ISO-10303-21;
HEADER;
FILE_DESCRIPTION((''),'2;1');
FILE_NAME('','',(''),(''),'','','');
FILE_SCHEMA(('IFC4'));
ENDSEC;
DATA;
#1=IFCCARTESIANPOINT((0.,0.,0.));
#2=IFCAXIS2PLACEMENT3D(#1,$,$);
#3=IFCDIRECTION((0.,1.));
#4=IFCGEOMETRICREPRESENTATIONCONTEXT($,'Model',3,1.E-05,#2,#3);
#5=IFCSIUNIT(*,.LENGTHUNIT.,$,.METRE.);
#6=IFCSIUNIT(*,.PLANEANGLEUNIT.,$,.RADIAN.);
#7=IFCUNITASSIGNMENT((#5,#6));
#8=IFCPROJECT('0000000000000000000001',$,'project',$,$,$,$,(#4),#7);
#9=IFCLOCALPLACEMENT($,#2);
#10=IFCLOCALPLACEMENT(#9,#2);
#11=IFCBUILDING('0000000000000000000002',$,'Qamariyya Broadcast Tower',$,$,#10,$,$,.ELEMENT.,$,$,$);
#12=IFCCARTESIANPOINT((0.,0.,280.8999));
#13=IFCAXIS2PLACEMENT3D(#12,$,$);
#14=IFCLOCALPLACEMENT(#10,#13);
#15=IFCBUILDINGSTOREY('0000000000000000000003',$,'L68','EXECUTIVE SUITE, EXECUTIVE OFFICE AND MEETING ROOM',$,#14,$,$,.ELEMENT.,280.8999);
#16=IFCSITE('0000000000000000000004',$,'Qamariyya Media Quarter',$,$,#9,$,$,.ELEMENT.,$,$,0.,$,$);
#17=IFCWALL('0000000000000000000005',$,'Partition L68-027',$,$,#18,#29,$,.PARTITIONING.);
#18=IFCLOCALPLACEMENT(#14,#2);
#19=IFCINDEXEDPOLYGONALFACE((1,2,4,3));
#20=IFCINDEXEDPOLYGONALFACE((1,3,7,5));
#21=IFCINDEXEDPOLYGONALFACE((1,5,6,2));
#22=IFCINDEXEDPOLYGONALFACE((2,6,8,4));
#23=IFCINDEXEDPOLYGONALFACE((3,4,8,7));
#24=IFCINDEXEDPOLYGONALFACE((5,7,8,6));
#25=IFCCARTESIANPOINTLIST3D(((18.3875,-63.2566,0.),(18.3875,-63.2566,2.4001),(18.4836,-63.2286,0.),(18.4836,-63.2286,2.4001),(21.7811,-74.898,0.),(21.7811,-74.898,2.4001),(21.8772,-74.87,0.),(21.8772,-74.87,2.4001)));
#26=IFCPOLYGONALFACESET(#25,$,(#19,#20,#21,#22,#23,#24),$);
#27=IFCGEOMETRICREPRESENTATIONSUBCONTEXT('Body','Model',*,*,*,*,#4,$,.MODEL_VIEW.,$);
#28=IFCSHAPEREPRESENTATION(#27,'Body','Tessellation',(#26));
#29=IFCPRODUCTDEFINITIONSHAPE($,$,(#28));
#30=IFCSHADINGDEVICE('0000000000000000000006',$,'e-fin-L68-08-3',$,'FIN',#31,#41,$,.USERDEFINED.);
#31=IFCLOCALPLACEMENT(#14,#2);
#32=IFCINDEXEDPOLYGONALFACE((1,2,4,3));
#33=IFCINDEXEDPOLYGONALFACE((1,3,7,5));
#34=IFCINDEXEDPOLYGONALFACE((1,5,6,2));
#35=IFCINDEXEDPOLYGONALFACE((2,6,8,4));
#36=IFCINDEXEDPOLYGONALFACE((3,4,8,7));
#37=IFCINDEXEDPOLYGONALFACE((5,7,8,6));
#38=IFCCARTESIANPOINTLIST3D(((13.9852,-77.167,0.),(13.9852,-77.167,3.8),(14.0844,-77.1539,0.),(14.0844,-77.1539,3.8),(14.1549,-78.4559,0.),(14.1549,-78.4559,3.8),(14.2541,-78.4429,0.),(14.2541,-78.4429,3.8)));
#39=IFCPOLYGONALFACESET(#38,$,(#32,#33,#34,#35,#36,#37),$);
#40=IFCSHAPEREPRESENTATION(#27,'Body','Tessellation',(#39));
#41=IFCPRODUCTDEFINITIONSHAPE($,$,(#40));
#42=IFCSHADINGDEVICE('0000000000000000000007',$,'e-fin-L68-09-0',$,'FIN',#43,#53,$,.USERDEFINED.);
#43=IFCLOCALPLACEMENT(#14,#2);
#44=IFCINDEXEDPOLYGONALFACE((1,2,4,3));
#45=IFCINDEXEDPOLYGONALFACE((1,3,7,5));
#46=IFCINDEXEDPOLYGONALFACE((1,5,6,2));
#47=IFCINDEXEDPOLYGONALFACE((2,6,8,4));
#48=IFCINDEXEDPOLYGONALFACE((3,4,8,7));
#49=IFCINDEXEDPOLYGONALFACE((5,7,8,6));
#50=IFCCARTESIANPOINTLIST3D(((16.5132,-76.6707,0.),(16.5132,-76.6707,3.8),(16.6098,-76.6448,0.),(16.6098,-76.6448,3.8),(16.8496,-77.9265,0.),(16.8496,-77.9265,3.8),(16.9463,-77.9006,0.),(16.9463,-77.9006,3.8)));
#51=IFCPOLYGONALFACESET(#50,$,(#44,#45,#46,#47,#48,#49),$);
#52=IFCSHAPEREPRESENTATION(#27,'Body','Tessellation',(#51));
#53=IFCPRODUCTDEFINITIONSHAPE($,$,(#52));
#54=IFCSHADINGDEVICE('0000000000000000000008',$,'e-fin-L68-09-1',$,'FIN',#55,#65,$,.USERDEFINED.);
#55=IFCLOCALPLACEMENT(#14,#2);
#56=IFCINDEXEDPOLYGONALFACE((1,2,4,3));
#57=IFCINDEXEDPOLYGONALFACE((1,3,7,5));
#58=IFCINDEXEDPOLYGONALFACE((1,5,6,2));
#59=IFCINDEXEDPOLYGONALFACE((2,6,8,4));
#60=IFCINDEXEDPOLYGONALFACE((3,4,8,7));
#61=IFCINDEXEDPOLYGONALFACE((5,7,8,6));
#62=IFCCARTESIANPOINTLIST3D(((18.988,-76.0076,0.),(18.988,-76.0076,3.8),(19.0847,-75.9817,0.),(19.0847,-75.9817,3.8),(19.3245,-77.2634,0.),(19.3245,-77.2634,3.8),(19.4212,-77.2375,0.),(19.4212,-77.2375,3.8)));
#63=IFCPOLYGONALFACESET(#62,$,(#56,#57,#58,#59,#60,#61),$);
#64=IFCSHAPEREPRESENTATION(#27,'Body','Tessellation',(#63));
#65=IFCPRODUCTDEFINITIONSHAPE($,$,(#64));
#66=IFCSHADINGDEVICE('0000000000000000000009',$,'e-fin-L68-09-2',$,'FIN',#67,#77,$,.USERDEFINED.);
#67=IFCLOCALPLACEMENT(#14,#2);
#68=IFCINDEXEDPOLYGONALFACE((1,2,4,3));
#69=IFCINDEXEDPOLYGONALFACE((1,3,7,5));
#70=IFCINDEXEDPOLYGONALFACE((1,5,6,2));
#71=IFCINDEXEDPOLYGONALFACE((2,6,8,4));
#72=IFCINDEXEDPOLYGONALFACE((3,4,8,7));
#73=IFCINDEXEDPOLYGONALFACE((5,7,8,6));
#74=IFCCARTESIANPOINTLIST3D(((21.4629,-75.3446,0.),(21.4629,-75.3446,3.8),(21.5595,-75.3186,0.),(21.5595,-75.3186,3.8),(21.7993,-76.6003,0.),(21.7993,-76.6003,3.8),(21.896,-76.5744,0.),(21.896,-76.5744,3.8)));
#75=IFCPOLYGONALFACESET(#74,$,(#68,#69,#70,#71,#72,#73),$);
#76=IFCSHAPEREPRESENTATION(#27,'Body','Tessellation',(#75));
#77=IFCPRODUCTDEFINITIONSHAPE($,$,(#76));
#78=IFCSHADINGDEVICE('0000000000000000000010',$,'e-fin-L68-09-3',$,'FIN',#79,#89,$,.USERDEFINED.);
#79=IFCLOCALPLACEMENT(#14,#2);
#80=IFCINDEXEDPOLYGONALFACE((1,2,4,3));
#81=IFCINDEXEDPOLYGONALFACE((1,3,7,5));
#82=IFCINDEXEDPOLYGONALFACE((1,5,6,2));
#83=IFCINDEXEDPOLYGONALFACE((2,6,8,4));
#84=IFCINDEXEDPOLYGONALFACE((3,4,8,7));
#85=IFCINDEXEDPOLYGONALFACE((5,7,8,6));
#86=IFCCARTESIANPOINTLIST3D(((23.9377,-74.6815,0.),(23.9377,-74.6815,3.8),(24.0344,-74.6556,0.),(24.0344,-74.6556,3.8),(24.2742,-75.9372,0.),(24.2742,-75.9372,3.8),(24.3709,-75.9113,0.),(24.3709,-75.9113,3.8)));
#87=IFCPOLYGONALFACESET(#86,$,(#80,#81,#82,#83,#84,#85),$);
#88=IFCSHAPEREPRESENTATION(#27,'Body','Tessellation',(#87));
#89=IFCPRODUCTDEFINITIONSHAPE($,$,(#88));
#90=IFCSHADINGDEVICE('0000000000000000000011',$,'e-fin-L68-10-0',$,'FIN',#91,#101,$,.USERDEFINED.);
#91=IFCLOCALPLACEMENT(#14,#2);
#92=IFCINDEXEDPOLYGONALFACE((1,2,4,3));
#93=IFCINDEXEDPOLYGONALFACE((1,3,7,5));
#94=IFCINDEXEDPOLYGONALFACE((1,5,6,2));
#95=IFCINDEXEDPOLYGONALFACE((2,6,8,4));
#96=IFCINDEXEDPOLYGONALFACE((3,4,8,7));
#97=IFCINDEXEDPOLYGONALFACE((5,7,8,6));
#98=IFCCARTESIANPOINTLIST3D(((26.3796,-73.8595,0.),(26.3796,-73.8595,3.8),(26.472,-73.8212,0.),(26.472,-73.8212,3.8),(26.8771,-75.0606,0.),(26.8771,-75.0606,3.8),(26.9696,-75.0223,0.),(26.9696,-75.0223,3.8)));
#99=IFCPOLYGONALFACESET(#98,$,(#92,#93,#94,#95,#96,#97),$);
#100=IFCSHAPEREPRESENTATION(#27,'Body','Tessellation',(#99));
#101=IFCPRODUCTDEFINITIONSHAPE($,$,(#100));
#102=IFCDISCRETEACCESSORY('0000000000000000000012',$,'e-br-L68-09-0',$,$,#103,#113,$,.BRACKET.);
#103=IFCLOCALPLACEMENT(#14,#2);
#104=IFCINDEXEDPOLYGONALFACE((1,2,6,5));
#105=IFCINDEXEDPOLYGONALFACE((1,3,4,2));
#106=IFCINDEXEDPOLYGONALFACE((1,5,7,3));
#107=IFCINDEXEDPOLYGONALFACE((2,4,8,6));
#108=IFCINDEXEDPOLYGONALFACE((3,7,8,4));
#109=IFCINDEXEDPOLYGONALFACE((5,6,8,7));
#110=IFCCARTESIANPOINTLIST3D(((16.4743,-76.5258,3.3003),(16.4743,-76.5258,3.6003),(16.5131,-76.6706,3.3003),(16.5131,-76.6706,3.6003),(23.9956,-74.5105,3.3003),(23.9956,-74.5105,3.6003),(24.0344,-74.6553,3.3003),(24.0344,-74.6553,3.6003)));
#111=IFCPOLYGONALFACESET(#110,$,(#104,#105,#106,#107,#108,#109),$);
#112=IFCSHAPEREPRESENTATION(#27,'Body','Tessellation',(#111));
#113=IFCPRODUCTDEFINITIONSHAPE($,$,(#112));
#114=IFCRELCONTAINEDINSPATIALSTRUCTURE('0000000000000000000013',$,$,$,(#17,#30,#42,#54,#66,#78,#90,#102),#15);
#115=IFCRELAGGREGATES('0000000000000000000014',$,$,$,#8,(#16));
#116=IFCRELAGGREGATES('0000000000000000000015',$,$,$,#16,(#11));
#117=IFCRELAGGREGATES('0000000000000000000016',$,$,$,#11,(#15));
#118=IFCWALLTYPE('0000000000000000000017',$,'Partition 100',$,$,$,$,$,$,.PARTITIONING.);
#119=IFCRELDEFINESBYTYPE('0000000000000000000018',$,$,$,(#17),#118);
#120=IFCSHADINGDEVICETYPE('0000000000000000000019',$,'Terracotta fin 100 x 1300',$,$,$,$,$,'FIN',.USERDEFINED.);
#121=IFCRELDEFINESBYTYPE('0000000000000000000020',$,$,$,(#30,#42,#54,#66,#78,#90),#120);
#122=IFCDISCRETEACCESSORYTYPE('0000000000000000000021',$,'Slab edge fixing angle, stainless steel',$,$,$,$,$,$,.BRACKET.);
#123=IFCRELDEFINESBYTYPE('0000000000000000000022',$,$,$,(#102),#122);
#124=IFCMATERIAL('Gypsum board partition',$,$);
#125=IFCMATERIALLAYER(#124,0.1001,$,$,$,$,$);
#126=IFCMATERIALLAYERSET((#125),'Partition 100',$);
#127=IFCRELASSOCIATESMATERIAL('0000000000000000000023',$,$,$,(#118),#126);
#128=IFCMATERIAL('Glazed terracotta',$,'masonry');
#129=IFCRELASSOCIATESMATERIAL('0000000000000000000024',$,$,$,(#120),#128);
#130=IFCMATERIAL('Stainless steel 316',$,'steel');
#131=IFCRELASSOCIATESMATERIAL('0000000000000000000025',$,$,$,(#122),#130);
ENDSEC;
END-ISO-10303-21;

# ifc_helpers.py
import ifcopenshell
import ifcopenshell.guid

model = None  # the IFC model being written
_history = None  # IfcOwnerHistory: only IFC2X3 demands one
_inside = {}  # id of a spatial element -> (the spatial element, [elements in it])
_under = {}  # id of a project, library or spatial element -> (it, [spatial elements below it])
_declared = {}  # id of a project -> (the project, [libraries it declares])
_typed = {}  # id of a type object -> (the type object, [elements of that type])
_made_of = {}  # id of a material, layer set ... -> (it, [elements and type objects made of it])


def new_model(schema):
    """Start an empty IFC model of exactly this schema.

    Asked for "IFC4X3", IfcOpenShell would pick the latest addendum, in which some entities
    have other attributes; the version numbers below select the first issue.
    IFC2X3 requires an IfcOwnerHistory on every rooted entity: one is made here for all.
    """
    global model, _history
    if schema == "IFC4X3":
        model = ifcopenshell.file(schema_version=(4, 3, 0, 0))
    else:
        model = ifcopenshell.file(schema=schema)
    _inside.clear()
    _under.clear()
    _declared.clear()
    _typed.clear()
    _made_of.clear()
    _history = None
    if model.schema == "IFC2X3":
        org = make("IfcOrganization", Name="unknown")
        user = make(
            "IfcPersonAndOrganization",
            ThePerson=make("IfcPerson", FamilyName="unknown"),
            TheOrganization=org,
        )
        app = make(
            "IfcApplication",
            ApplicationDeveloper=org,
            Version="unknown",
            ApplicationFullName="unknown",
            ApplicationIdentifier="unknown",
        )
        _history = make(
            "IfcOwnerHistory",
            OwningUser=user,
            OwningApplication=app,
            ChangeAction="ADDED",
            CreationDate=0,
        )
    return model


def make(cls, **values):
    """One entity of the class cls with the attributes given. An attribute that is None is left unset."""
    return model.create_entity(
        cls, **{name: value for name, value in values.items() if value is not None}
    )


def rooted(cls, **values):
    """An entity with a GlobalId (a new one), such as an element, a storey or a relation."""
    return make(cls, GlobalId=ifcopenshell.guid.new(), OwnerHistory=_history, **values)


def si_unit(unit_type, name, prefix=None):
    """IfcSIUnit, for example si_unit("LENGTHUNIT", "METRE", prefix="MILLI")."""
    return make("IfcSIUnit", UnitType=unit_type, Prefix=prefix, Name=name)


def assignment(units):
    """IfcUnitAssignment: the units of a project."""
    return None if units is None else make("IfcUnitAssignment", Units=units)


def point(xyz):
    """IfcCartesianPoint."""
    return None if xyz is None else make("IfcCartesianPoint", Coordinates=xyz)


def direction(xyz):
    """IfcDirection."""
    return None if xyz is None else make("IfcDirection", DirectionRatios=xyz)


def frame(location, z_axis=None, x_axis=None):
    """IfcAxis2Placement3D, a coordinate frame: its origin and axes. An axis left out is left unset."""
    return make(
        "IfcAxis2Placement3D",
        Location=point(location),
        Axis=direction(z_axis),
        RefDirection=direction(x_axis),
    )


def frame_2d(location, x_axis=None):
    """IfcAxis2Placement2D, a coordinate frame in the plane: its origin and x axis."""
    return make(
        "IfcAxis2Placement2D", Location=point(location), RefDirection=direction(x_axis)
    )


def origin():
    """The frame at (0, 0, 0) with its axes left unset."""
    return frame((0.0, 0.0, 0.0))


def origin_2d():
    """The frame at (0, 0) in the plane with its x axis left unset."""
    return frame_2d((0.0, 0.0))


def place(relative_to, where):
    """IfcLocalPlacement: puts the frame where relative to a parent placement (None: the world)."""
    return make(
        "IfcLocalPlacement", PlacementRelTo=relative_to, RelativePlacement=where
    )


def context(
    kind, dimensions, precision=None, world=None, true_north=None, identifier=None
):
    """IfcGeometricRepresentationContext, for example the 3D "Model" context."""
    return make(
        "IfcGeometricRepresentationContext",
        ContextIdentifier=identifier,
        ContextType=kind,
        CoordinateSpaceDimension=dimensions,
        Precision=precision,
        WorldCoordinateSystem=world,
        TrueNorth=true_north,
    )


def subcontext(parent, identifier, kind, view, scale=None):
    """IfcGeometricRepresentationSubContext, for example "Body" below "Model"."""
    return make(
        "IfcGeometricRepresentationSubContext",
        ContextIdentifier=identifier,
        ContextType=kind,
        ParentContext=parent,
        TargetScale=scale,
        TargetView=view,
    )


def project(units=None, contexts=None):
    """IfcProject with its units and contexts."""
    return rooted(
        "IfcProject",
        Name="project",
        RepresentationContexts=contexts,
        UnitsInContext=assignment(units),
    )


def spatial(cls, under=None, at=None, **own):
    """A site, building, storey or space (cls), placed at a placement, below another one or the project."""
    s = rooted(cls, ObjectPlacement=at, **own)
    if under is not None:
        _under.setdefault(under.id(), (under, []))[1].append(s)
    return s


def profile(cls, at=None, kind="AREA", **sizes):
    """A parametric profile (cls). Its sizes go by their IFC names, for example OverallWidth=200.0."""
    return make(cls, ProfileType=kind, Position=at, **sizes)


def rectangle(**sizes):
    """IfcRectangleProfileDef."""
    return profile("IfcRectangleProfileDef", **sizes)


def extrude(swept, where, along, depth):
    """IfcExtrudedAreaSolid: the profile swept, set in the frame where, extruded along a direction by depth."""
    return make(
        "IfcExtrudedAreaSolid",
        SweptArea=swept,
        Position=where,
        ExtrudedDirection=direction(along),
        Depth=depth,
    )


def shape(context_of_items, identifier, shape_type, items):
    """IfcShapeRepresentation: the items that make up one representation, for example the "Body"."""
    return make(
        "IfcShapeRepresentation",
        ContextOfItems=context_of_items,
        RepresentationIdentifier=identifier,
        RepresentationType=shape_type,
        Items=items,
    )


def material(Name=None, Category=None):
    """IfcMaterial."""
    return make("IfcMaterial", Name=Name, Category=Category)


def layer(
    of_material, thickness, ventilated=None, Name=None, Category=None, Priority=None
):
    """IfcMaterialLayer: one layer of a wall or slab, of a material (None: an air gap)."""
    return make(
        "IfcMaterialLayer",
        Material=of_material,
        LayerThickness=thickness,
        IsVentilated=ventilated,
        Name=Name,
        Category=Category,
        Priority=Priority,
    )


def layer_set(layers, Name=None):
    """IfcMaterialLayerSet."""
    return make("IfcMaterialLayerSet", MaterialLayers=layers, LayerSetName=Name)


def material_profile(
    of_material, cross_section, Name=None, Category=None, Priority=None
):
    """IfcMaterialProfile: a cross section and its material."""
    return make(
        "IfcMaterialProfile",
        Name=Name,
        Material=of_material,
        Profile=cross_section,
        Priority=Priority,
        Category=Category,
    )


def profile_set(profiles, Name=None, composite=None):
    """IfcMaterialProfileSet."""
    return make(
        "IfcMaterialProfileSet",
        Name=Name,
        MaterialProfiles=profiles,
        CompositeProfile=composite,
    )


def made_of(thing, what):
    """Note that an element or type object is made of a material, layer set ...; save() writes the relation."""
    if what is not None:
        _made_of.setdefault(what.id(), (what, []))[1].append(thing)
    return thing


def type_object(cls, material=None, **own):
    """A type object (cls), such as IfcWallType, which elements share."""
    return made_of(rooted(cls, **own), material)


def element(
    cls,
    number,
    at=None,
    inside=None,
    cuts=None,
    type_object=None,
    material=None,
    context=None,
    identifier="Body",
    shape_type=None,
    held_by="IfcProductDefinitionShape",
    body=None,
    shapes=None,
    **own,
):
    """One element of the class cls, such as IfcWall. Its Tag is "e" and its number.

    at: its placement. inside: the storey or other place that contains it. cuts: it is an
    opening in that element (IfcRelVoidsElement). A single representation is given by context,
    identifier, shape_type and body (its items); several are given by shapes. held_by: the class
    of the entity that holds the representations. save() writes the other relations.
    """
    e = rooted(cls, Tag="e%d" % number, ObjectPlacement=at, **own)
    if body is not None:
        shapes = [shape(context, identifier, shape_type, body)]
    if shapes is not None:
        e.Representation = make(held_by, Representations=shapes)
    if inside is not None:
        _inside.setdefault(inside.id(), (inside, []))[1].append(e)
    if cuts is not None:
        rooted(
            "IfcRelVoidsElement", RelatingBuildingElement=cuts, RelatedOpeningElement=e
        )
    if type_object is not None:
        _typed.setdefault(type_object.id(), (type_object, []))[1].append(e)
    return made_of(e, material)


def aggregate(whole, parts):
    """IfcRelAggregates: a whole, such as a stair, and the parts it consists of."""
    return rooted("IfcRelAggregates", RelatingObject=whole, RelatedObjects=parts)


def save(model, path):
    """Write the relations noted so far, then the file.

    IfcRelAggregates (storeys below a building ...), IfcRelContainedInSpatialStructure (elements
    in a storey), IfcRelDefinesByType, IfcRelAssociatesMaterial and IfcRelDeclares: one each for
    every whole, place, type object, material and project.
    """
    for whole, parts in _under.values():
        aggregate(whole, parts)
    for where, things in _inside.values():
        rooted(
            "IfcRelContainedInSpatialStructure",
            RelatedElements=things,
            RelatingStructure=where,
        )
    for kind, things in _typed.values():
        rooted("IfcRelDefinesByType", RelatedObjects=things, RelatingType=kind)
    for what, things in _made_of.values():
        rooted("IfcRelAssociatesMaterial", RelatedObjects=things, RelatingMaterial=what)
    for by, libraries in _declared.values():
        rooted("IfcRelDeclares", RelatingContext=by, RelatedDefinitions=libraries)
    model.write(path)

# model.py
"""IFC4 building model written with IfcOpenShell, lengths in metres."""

from ifc_helpers import new_model, si_unit, direction, frame, frame_2d, origin, origin_2d, place, context, subcontext, project, spatial, rectangle, extrude, material, layer, layer_set, material_profile, profile_set, type_object, element, save


model = new_model("IFC4")

# Units and contexts
model_context = context("Model", 3, precision=1e-05, world=origin(), true_north=direction((0.0, 1.0)))
body_context = subcontext(model_context, "Body", "Model", "MODEL_VIEW")
ifc_project = project(units=[si_unit("LENGTHUNIT", "METRE"), si_unit("PLANEANGLEUNIT", "RADIAN")], contexts=[model_context])

# Site, building, storey
site_placement = place(None, origin())
site = spatial("IfcSite", under=ifc_project, at=site_placement, Name="Qamariyya Media Quarter", CompositionType="ELEMENT", RefElevation=0.0)
building_placement = place(site_placement, origin())
building = spatial("IfcBuilding", under=site, at=building_placement, Name="Qamariyya Broadcast Tower", CompositionType="ELEMENT")
storey_placement = place(building_placement, frame((0.0, 0.0, 280.8999)))
storey = spatial("IfcBuildingStorey", under=building, at=storey_placement, Name="L68", Description="EXECUTIVE SUITE, EXECUTIVE OFFICE AND MEETING ROOM", CompositionType="ELEMENT", Elevation=280.8999)

# Shared definitions
ifc_material_1 = material(Name="Gypsum board partition")

# Wall
ifc_layer_1 = layer(ifc_material_1, 0.1001)
ifc_layer_set_1 = layer_set([ifc_layer_1], Name="Partition 100")
wall_type_1 = type_object("IfcWallType", Name="Partition 100", PredefinedType="PARTITIONING", material=ifc_layer_set_1)
wall_1_placement = place(storey_placement, frame((21.8291, -74.884, 0.0), z_axis=(0.0, 0.0, 1.0), x_axis=(-0.27986, 0.960041, 0.0)))
element("IfcWall", 1, at=wall_1_placement, inside=storey, type_object=wall_type_1, Name="Partition L68-027", PredefinedType="PARTITIONING", context=body_context, shape_type="SweptSolid", body=[
    extrude(rectangle(XDim=12.126, YDim=0.1001, at=frame_2d((6.063, 0.0))), origin(), (0.0, 0.0, 1.0), 2.4001),
])

# Shading devices
ifc_material_2 = material(Name="Glazed terracotta", Category="masonry")
ifc_material_profile_1 = material_profile(ifc_material_2, rectangle(XDim=1.3, YDim=0.1001, at=origin_2d()))
ifc_profile_set_1 = profile_set([ifc_material_profile_1], Name="Glazed terracotta")
shading_device_type_1 = type_object("IfcShadingDeviceType", Name="Terracotta fin 100 x 1300", ElementType="FIN", PredefinedType="USERDEFINED", material=ifc_profile_set_1)
for number, where, z_axis, x_axis, name in (
    (2, (14.1196, -77.8049, 0.0), (0.0, 0.0, 1.0), (0.130526, -0.991445, 0.0), "e-fin-L68-08-3"),
    (3, (16.7297, -77.2856, 0.0), (0.0, 0.0, 1.0), (0.258819, -0.965926, 0.0), "e-fin-L68-09-0"),
    (4, (19.2046, -76.6226, 0.0), (0.0, 0.0, 1.0), (0.258819, -0.965926, 0.0), "e-fin-L68-09-1"),
    (5, (21.6794, -75.9595, 0.0), (0.0, 0.0, 1.0), (0.258819, -0.965926, 0.0), "e-fin-L68-09-2"),
    (6, (24.1543, -75.2964, 0.0), (0.0, 0.0, 1.0), (0.258819, -0.965926, 0.0), "e-fin-L68-09-3"),
    (7, (26.6746, -74.4409, 0.0), (0.0, 0.0, 1.0), (0.382683, -0.92388, 0.0), "e-fin-L68-10-0"),
):
    element("IfcShadingDevice", number, at=place(storey_placement, frame(where, z_axis=z_axis, x_axis=x_axis)), inside=storey, type_object=shading_device_type_1, Name=name, ObjectType="FIN", PredefinedType="USERDEFINED", context=body_context, shape_type="SweptSolid", body=[
        extrude(rectangle(XDim=1.3, YDim=0.1001, at=origin_2d()), origin(), (0.0, 0.0, 1.0), 3.8),
    ])

# Discrete accessory
ifc_material_3 = material(Name="Stainless steel 316", Category="steel")
discrete_accessory_type = type_object("IfcDiscreteAccessoryType", Name="Slab edge fixing angle, stainless steel", PredefinedType="BRACKET", material=ifc_material_3)
discrete_accessory_placement = place(storey_placement, frame((20.2544, -75.5906, 3.3003), z_axis=(0.0, 0.0, 1.0), x_axis=(0.965926, 0.258819, 0.0)))
element("IfcDiscreteAccessory", 8, at=discrete_accessory_placement, inside=storey, type_object=discrete_accessory_type, Name="e-br-L68-09-0", PredefinedType="BRACKET", context=body_context, shape_type="SweptSolid", body=[
    extrude(rectangle(XDim=7.7866, YDim=0.1499, at=origin_2d()), origin(), (0.0, 0.0, 1.0), 0.3),
])

save(model, "model.ifc")
